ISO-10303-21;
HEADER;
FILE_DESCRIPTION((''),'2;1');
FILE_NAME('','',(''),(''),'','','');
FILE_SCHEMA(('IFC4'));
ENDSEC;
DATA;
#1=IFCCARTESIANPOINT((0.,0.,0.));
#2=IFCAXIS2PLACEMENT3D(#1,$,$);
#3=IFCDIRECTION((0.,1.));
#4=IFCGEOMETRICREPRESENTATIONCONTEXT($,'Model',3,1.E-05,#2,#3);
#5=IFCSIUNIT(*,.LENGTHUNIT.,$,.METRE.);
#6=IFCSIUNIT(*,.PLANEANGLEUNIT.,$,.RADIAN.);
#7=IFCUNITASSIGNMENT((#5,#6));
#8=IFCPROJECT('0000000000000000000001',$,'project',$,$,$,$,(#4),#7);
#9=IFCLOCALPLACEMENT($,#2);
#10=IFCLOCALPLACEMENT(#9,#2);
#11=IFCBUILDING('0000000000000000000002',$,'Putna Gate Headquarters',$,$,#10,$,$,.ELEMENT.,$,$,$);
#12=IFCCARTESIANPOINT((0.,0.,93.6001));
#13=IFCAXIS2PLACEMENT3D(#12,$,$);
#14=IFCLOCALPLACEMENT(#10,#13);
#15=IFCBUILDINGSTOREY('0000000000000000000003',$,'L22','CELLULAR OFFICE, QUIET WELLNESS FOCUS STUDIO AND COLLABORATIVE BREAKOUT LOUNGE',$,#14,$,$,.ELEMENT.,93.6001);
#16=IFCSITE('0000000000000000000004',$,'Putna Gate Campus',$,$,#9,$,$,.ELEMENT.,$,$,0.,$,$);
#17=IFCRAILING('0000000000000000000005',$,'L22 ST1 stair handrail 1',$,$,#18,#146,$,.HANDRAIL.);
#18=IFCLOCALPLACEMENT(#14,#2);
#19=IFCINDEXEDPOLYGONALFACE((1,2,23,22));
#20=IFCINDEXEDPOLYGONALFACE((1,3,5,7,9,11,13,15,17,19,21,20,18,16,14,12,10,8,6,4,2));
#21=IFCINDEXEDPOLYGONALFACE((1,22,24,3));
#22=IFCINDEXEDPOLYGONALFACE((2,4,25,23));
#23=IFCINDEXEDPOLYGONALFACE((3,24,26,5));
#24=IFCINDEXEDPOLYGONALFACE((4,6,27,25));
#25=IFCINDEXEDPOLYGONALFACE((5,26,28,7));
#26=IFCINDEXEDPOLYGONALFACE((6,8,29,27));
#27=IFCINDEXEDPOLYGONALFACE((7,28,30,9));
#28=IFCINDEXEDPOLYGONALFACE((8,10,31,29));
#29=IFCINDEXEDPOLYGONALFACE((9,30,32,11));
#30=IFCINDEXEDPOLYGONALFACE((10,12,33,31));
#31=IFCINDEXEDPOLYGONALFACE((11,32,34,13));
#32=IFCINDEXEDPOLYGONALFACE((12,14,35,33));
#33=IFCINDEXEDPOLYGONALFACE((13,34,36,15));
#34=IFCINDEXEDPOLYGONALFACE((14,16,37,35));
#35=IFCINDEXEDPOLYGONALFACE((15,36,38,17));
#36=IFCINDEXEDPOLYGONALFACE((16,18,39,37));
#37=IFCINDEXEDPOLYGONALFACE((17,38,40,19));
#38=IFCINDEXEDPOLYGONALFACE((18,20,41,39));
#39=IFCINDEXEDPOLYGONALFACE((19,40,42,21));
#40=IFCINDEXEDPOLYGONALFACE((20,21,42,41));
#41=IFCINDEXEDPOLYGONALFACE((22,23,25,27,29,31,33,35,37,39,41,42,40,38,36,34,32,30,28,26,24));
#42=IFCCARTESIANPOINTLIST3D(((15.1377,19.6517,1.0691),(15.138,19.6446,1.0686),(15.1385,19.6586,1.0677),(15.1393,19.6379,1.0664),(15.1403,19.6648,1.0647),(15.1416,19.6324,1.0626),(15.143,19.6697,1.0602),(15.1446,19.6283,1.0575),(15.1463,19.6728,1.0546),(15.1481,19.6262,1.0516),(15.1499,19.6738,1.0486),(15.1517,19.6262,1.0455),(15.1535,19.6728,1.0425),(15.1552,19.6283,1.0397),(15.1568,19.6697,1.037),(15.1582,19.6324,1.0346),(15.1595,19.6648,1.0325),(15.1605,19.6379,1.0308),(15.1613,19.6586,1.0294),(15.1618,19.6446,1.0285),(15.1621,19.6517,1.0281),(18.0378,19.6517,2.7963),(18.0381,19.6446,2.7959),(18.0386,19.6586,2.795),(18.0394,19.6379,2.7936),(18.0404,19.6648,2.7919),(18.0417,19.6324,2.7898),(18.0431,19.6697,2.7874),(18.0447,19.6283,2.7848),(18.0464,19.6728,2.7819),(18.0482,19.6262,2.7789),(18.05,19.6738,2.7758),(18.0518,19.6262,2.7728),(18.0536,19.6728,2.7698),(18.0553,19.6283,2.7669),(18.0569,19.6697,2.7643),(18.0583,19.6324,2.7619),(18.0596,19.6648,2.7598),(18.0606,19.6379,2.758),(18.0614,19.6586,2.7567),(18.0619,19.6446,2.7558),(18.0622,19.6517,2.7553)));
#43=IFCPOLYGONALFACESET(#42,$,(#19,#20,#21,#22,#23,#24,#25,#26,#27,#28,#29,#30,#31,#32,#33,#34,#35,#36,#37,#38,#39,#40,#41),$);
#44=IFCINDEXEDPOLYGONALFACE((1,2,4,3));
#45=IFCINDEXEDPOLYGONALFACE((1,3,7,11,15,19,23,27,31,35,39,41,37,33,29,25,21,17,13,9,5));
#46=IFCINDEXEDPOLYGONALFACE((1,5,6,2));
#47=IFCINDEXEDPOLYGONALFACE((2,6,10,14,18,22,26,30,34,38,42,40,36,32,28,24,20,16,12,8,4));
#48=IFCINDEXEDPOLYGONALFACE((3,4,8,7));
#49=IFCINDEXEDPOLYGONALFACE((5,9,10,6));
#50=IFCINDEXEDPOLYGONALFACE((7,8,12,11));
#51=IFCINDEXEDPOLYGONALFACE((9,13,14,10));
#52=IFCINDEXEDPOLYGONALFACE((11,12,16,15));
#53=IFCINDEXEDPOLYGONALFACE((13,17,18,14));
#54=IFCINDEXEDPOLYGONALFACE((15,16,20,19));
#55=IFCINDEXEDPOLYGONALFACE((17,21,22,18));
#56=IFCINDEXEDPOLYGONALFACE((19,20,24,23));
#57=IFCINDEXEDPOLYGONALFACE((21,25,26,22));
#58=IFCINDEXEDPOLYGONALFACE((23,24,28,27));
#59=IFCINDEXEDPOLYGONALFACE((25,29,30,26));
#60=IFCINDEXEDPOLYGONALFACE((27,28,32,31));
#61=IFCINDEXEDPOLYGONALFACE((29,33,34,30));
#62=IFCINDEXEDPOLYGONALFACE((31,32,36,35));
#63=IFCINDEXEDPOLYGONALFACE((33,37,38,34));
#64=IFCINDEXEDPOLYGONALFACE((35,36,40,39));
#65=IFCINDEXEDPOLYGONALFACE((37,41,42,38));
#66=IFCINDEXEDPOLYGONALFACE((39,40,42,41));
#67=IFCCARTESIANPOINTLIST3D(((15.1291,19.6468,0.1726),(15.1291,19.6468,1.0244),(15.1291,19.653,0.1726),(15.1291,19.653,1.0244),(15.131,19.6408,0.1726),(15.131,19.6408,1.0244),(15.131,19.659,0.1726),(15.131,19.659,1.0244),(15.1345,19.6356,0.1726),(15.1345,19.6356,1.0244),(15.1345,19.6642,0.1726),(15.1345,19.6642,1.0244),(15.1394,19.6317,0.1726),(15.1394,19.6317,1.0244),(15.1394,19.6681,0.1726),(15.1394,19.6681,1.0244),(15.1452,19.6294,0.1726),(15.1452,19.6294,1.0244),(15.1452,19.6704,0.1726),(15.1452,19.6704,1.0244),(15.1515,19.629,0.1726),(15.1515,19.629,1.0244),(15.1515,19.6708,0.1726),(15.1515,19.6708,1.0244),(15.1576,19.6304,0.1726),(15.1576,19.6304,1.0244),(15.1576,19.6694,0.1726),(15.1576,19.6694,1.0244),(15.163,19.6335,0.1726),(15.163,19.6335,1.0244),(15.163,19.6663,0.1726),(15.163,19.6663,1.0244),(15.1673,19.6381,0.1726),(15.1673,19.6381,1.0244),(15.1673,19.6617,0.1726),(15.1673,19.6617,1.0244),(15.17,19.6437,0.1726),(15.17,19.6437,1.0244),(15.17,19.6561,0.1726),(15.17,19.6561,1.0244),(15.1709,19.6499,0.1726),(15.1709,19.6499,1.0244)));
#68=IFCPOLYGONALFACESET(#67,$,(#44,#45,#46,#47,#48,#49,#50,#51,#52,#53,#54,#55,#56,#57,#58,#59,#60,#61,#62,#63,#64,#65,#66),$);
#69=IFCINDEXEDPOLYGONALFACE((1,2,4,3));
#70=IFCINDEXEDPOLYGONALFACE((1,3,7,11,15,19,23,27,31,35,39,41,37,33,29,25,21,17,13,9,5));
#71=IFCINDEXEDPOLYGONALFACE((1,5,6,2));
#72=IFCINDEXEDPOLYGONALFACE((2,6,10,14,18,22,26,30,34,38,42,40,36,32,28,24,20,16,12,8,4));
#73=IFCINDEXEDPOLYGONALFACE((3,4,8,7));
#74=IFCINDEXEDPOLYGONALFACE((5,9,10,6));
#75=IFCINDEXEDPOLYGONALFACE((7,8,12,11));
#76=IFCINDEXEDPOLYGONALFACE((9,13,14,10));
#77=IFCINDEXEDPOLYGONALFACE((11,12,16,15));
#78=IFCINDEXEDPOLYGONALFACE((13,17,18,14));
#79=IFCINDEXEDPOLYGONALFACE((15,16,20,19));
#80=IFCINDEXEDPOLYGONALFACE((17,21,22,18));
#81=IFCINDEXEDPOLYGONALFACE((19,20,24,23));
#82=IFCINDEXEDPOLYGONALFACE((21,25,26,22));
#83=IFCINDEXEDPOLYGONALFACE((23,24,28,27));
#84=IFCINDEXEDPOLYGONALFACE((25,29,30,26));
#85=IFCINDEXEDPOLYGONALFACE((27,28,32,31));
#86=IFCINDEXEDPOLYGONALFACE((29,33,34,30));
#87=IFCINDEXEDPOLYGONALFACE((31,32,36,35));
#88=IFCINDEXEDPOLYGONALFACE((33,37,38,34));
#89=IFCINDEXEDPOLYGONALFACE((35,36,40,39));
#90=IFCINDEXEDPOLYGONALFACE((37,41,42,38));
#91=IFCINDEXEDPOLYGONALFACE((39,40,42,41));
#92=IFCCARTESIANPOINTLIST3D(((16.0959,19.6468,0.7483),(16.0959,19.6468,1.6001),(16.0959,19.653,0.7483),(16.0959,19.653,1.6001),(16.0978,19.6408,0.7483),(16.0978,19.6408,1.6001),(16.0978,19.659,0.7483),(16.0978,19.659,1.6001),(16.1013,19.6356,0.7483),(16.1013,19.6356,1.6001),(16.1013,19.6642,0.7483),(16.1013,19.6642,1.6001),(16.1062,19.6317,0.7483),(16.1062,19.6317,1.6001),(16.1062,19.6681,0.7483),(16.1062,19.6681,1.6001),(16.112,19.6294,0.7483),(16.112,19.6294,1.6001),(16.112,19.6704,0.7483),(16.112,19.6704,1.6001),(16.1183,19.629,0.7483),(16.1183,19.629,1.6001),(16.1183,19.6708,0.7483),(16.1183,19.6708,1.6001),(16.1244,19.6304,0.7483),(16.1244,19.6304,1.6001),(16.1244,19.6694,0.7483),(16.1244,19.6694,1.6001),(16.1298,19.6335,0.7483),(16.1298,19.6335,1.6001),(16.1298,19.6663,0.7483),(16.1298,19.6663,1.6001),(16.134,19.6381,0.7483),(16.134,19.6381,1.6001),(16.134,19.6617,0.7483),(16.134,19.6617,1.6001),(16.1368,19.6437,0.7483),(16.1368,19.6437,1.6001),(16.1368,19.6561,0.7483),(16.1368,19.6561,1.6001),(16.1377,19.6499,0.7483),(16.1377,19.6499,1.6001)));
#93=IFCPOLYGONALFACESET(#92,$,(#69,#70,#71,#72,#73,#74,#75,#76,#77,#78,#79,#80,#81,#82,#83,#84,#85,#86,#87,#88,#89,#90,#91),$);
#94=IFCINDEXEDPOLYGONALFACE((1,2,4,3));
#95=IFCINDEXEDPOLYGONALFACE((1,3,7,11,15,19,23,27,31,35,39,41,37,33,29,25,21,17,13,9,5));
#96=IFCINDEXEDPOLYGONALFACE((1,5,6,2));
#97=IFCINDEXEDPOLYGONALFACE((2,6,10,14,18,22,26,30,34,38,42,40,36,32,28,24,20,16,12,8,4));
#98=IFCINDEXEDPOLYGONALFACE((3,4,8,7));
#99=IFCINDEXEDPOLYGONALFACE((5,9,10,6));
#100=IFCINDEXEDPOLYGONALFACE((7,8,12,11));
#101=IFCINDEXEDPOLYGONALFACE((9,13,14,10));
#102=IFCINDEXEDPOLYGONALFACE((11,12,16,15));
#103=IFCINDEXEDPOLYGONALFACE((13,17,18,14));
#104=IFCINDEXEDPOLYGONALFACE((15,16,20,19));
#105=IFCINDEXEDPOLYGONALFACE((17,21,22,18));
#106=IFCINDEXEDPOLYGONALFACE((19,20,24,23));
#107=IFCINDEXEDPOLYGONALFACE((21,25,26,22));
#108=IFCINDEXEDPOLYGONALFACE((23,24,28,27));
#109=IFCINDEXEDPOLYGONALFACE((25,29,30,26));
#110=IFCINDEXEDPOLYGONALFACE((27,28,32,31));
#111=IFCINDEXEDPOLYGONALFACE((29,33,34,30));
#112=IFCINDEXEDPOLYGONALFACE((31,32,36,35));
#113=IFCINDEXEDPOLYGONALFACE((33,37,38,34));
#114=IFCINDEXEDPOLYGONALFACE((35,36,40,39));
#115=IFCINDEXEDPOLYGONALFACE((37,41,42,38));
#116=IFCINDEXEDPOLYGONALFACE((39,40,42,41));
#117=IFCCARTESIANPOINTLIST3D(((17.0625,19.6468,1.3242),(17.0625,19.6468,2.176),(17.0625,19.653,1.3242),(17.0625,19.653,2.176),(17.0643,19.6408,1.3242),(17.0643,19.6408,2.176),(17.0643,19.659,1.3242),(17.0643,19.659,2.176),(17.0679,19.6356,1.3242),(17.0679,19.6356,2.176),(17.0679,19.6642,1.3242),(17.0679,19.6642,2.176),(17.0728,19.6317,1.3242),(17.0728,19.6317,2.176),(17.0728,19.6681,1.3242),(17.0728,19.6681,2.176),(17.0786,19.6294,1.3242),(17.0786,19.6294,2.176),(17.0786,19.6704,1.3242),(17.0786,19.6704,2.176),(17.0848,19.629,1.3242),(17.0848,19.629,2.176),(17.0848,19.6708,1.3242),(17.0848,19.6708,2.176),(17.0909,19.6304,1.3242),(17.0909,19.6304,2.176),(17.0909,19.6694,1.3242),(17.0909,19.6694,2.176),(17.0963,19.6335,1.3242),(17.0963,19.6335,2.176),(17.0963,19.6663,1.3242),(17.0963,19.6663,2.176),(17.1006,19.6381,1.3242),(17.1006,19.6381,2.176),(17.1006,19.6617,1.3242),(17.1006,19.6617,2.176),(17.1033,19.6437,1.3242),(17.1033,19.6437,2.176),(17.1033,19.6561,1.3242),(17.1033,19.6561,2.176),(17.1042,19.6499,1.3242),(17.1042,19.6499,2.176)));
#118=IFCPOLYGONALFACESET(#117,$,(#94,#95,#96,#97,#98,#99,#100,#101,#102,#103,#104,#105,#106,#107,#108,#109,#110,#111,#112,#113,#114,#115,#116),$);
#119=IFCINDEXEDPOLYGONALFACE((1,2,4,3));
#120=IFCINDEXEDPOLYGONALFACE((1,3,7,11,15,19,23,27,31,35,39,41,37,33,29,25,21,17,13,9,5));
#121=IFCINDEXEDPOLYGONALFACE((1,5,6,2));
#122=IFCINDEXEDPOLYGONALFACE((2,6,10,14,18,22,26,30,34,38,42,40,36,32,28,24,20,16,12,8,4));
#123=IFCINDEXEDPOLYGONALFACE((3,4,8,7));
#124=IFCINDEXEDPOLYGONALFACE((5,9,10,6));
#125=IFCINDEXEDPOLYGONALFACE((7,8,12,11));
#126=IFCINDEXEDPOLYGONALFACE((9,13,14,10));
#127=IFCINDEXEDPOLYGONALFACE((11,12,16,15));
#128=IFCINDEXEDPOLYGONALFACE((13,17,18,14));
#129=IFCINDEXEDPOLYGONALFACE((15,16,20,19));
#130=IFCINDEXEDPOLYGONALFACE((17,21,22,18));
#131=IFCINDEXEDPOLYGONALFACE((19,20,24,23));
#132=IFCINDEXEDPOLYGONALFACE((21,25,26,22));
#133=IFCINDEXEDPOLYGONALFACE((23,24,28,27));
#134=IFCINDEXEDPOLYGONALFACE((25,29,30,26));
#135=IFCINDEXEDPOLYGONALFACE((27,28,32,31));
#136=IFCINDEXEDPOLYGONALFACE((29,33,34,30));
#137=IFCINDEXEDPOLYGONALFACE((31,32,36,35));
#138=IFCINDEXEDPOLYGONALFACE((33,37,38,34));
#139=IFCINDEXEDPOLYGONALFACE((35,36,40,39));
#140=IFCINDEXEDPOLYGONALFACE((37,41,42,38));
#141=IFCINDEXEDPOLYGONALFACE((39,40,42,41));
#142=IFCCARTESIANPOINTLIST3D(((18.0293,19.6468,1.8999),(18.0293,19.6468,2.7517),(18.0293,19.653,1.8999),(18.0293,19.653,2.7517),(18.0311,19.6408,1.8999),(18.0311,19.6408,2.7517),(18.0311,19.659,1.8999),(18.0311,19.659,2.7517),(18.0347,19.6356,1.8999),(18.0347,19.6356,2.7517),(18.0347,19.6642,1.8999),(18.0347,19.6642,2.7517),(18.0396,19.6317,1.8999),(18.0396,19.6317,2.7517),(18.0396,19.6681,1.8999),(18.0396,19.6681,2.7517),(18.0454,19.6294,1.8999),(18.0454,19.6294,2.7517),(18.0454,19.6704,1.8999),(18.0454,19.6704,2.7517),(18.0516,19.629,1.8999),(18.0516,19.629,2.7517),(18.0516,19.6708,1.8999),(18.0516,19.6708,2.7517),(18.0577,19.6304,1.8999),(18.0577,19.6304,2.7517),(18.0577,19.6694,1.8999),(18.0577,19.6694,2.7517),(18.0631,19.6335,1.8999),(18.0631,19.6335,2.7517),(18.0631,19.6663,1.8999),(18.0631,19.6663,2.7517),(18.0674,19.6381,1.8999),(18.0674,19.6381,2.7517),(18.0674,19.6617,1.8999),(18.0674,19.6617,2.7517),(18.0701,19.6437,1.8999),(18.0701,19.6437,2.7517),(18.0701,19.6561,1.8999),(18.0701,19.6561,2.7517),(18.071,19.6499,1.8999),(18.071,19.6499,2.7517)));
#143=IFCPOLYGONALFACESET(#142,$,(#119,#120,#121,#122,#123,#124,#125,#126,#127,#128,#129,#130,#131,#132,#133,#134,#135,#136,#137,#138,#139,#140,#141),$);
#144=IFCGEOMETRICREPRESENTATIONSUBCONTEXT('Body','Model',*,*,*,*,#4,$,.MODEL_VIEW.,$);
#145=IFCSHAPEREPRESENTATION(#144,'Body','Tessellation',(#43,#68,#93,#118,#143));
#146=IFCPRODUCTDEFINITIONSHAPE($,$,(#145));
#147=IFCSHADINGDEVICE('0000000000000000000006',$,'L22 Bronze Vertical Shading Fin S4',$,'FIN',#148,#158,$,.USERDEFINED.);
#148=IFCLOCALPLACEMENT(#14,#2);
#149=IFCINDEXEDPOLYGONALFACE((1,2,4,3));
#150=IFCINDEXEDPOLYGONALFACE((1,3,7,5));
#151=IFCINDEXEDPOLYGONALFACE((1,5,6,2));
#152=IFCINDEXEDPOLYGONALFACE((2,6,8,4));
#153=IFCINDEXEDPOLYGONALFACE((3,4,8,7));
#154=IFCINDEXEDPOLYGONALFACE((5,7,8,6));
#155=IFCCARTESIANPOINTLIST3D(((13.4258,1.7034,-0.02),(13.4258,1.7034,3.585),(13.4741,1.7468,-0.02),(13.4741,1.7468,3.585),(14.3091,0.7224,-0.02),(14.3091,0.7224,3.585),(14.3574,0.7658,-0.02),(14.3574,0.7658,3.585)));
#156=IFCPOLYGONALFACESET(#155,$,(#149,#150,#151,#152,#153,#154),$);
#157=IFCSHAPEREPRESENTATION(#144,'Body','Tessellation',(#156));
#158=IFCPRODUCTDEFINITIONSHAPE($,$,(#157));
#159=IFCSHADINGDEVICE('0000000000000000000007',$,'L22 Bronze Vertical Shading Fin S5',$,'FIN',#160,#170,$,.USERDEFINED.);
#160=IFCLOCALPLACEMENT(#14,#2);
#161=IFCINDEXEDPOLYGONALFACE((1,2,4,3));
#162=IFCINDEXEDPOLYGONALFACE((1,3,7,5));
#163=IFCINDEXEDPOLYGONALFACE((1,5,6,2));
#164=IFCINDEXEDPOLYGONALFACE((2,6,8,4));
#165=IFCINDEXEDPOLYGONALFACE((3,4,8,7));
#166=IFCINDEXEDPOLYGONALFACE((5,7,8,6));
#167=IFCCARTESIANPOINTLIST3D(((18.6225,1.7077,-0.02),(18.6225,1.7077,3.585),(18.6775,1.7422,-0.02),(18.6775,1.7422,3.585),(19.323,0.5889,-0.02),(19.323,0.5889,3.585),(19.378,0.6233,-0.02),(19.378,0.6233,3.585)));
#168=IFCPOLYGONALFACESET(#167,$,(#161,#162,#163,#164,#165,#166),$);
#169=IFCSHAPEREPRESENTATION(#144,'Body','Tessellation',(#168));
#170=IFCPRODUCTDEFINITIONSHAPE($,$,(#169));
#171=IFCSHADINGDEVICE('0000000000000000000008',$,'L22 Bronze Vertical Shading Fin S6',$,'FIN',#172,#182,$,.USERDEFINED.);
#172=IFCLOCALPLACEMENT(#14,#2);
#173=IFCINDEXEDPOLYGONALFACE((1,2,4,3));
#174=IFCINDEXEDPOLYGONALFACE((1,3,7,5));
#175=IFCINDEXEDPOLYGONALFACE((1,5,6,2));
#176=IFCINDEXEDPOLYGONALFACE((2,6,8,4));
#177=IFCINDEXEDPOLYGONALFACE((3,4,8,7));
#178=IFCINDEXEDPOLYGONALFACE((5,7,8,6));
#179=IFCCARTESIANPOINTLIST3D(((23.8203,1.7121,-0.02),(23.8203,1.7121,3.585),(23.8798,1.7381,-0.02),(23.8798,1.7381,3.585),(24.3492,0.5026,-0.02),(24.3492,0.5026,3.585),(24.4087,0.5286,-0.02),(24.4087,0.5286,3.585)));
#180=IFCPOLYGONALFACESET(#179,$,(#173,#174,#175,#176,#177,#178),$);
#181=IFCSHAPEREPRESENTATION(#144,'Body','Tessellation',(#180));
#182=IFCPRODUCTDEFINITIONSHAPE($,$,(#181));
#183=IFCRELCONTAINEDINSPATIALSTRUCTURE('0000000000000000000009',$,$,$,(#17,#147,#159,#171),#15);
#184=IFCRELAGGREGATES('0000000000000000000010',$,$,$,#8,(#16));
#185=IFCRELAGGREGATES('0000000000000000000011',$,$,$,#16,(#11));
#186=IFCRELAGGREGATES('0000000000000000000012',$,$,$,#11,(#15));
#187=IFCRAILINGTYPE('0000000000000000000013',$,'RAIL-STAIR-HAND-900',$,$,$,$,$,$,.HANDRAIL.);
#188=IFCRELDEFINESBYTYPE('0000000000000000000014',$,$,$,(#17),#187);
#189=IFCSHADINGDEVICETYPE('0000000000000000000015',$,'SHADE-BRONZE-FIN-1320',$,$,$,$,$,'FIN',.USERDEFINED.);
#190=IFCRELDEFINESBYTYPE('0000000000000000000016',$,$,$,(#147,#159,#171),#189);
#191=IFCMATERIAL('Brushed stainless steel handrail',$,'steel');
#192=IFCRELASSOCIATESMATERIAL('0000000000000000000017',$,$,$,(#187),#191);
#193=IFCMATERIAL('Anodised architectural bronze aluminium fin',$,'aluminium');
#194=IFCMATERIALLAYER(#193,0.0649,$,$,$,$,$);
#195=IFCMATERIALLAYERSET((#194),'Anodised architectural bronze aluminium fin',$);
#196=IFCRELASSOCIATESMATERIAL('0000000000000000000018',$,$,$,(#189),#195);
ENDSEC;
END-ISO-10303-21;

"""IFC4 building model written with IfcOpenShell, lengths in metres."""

from ifc_helpers import new_model, si_unit, direction, frame, origin, origin_2d, place, context, subcontext, project, spatial, rectangle, circle, extrude, material, layer, layer_set, type_object, element, save


model = new_model("IFC4")

# Units and contexts
model_context = context("Model", 3, precision=1e-05, world=origin(), true_north=direction((0.0, 1.0)))
body_context = subcontext(model_context, "Body", "Model", "MODEL_VIEW")
ifc_project = project(units=[si_unit("LENGTHUNIT", "METRE"), si_unit("PLANEANGLEUNIT", "RADIAN")], contexts=[model_context])

# Site, building, storey
site_placement = place(None, origin())
site = spatial("IfcSite", under=ifc_project, at=site_placement, Name="Putna Gate Campus", CompositionType="ELEMENT", RefElevation=0.0)
building_placement = place(site_placement, origin())
building = spatial("IfcBuilding", under=site, at=building_placement, Name="Putna Gate Headquarters", CompositionType="ELEMENT")
storey_placement = place(building_placement, frame((0.0, 0.0, 93.6001)))
storey = spatial("IfcBuildingStorey", under=building, at=storey_placement, Name="L22", Description="CELLULAR OFFICE, QUIET WELLNESS FOCUS STUDIO AND COLLABORATIVE BREAKOUT LOUNGE", CompositionType="ELEMENT", Elevation=93.6001)

# Railing
ifc_material_1 = material(Name="Brushed stainless steel handrail", Category="steel")
railing_type = type_object("IfcRailingType", Name="RAIL-STAIR-HAND-900", PredefinedType="HANDRAIL", material=ifc_material_1)
railing_placement = place(storey_placement, frame((15.1499, 19.6499, 0.1726)))
element("IfcRailing", 1, at=railing_placement, inside=storey, type_object=railing_type, Name="L22 ST1 stair handrail 1", PredefinedType="HANDRAIL", context=body_context, shape_type="SweptSolid", body=[
    extrude(circle(Radius=0.0239, at=origin_2d()), frame((0.0, 0.0, 0.876), z_axis=(0.85916, 0.0, 0.511706), x_axis=(0.0, 1.0, 0.0)), (0.0, 0.0, 1.0), 3.3755),
    extrude(circle(Radius=0.021, at=origin_2d()), origin(), (0.0, 0.0, 1.0), 0.8518),
    extrude(circle(Radius=0.021, at=origin_2d()), frame((0.9668, 0.0, 0.5757)), (0.0, 0.0, 1.0), 0.8518),
    extrude(circle(Radius=0.021, at=origin_2d()), frame((1.9333, 0.0, 1.1516)), (0.0, 0.0, 1.0), 0.8518),
    extrude(circle(Radius=0.021, at=origin_2d()), frame((2.9001, 0.0, 1.7273)), (0.0, 0.0, 1.0), 0.8518),
])

# Shading devices
ifc_material_2 = material(Name="Anodised architectural bronze aluminium fin", Category="aluminium")
ifc_layer_1 = layer(ifc_material_2, 0.0649)
ifc_layer_set_1 = layer_set([ifc_layer_1], Name="Anodised architectural bronze aluminium fin")
shading_device_type = type_object("IfcShadingDeviceType", Name="SHADE-BRONZE-FIN-1320", ElementType="FIN", PredefinedType="USERDEFINED", material=ifc_layer_set_1)
for number, where, z_axis, x_axis, name in (
    (2, (13.8916, 1.2346, -0.02), (0.0, 0.0, 1.0), (0.669131, -0.743145, 0.0), "L22 Bronze Vertical Shading Fin S4"),
    (3, (19.0002, 1.1655, -0.02), (0.0, 0.0, 1.0), (0.530659, -0.847585, 0.0), "L22 Bronze Vertical Shading Fin S5"),
    (4, (24.1145, 1.1204, -0.02), (0.0, 0.0, 1.0), (0.400669, -0.916223, 0.0), "L22 Bronze Vertical Shading Fin S6"),
):
    element("IfcShadingDevice", number, at=place(storey_placement, frame(where, z_axis=z_axis, x_axis=x_axis)), inside=storey, type_object=shading_device_type, Name=name, ObjectType="FIN", PredefinedType="USERDEFINED", context=body_context, shape_type="SweptSolid", body=[
        extrude(rectangle(XDim=1.3201, YDim=0.0649, at=origin_2d()), origin(), (0.0, 0.0, 1.0), 3.605),
    ])

save(model, "model.ifc")
